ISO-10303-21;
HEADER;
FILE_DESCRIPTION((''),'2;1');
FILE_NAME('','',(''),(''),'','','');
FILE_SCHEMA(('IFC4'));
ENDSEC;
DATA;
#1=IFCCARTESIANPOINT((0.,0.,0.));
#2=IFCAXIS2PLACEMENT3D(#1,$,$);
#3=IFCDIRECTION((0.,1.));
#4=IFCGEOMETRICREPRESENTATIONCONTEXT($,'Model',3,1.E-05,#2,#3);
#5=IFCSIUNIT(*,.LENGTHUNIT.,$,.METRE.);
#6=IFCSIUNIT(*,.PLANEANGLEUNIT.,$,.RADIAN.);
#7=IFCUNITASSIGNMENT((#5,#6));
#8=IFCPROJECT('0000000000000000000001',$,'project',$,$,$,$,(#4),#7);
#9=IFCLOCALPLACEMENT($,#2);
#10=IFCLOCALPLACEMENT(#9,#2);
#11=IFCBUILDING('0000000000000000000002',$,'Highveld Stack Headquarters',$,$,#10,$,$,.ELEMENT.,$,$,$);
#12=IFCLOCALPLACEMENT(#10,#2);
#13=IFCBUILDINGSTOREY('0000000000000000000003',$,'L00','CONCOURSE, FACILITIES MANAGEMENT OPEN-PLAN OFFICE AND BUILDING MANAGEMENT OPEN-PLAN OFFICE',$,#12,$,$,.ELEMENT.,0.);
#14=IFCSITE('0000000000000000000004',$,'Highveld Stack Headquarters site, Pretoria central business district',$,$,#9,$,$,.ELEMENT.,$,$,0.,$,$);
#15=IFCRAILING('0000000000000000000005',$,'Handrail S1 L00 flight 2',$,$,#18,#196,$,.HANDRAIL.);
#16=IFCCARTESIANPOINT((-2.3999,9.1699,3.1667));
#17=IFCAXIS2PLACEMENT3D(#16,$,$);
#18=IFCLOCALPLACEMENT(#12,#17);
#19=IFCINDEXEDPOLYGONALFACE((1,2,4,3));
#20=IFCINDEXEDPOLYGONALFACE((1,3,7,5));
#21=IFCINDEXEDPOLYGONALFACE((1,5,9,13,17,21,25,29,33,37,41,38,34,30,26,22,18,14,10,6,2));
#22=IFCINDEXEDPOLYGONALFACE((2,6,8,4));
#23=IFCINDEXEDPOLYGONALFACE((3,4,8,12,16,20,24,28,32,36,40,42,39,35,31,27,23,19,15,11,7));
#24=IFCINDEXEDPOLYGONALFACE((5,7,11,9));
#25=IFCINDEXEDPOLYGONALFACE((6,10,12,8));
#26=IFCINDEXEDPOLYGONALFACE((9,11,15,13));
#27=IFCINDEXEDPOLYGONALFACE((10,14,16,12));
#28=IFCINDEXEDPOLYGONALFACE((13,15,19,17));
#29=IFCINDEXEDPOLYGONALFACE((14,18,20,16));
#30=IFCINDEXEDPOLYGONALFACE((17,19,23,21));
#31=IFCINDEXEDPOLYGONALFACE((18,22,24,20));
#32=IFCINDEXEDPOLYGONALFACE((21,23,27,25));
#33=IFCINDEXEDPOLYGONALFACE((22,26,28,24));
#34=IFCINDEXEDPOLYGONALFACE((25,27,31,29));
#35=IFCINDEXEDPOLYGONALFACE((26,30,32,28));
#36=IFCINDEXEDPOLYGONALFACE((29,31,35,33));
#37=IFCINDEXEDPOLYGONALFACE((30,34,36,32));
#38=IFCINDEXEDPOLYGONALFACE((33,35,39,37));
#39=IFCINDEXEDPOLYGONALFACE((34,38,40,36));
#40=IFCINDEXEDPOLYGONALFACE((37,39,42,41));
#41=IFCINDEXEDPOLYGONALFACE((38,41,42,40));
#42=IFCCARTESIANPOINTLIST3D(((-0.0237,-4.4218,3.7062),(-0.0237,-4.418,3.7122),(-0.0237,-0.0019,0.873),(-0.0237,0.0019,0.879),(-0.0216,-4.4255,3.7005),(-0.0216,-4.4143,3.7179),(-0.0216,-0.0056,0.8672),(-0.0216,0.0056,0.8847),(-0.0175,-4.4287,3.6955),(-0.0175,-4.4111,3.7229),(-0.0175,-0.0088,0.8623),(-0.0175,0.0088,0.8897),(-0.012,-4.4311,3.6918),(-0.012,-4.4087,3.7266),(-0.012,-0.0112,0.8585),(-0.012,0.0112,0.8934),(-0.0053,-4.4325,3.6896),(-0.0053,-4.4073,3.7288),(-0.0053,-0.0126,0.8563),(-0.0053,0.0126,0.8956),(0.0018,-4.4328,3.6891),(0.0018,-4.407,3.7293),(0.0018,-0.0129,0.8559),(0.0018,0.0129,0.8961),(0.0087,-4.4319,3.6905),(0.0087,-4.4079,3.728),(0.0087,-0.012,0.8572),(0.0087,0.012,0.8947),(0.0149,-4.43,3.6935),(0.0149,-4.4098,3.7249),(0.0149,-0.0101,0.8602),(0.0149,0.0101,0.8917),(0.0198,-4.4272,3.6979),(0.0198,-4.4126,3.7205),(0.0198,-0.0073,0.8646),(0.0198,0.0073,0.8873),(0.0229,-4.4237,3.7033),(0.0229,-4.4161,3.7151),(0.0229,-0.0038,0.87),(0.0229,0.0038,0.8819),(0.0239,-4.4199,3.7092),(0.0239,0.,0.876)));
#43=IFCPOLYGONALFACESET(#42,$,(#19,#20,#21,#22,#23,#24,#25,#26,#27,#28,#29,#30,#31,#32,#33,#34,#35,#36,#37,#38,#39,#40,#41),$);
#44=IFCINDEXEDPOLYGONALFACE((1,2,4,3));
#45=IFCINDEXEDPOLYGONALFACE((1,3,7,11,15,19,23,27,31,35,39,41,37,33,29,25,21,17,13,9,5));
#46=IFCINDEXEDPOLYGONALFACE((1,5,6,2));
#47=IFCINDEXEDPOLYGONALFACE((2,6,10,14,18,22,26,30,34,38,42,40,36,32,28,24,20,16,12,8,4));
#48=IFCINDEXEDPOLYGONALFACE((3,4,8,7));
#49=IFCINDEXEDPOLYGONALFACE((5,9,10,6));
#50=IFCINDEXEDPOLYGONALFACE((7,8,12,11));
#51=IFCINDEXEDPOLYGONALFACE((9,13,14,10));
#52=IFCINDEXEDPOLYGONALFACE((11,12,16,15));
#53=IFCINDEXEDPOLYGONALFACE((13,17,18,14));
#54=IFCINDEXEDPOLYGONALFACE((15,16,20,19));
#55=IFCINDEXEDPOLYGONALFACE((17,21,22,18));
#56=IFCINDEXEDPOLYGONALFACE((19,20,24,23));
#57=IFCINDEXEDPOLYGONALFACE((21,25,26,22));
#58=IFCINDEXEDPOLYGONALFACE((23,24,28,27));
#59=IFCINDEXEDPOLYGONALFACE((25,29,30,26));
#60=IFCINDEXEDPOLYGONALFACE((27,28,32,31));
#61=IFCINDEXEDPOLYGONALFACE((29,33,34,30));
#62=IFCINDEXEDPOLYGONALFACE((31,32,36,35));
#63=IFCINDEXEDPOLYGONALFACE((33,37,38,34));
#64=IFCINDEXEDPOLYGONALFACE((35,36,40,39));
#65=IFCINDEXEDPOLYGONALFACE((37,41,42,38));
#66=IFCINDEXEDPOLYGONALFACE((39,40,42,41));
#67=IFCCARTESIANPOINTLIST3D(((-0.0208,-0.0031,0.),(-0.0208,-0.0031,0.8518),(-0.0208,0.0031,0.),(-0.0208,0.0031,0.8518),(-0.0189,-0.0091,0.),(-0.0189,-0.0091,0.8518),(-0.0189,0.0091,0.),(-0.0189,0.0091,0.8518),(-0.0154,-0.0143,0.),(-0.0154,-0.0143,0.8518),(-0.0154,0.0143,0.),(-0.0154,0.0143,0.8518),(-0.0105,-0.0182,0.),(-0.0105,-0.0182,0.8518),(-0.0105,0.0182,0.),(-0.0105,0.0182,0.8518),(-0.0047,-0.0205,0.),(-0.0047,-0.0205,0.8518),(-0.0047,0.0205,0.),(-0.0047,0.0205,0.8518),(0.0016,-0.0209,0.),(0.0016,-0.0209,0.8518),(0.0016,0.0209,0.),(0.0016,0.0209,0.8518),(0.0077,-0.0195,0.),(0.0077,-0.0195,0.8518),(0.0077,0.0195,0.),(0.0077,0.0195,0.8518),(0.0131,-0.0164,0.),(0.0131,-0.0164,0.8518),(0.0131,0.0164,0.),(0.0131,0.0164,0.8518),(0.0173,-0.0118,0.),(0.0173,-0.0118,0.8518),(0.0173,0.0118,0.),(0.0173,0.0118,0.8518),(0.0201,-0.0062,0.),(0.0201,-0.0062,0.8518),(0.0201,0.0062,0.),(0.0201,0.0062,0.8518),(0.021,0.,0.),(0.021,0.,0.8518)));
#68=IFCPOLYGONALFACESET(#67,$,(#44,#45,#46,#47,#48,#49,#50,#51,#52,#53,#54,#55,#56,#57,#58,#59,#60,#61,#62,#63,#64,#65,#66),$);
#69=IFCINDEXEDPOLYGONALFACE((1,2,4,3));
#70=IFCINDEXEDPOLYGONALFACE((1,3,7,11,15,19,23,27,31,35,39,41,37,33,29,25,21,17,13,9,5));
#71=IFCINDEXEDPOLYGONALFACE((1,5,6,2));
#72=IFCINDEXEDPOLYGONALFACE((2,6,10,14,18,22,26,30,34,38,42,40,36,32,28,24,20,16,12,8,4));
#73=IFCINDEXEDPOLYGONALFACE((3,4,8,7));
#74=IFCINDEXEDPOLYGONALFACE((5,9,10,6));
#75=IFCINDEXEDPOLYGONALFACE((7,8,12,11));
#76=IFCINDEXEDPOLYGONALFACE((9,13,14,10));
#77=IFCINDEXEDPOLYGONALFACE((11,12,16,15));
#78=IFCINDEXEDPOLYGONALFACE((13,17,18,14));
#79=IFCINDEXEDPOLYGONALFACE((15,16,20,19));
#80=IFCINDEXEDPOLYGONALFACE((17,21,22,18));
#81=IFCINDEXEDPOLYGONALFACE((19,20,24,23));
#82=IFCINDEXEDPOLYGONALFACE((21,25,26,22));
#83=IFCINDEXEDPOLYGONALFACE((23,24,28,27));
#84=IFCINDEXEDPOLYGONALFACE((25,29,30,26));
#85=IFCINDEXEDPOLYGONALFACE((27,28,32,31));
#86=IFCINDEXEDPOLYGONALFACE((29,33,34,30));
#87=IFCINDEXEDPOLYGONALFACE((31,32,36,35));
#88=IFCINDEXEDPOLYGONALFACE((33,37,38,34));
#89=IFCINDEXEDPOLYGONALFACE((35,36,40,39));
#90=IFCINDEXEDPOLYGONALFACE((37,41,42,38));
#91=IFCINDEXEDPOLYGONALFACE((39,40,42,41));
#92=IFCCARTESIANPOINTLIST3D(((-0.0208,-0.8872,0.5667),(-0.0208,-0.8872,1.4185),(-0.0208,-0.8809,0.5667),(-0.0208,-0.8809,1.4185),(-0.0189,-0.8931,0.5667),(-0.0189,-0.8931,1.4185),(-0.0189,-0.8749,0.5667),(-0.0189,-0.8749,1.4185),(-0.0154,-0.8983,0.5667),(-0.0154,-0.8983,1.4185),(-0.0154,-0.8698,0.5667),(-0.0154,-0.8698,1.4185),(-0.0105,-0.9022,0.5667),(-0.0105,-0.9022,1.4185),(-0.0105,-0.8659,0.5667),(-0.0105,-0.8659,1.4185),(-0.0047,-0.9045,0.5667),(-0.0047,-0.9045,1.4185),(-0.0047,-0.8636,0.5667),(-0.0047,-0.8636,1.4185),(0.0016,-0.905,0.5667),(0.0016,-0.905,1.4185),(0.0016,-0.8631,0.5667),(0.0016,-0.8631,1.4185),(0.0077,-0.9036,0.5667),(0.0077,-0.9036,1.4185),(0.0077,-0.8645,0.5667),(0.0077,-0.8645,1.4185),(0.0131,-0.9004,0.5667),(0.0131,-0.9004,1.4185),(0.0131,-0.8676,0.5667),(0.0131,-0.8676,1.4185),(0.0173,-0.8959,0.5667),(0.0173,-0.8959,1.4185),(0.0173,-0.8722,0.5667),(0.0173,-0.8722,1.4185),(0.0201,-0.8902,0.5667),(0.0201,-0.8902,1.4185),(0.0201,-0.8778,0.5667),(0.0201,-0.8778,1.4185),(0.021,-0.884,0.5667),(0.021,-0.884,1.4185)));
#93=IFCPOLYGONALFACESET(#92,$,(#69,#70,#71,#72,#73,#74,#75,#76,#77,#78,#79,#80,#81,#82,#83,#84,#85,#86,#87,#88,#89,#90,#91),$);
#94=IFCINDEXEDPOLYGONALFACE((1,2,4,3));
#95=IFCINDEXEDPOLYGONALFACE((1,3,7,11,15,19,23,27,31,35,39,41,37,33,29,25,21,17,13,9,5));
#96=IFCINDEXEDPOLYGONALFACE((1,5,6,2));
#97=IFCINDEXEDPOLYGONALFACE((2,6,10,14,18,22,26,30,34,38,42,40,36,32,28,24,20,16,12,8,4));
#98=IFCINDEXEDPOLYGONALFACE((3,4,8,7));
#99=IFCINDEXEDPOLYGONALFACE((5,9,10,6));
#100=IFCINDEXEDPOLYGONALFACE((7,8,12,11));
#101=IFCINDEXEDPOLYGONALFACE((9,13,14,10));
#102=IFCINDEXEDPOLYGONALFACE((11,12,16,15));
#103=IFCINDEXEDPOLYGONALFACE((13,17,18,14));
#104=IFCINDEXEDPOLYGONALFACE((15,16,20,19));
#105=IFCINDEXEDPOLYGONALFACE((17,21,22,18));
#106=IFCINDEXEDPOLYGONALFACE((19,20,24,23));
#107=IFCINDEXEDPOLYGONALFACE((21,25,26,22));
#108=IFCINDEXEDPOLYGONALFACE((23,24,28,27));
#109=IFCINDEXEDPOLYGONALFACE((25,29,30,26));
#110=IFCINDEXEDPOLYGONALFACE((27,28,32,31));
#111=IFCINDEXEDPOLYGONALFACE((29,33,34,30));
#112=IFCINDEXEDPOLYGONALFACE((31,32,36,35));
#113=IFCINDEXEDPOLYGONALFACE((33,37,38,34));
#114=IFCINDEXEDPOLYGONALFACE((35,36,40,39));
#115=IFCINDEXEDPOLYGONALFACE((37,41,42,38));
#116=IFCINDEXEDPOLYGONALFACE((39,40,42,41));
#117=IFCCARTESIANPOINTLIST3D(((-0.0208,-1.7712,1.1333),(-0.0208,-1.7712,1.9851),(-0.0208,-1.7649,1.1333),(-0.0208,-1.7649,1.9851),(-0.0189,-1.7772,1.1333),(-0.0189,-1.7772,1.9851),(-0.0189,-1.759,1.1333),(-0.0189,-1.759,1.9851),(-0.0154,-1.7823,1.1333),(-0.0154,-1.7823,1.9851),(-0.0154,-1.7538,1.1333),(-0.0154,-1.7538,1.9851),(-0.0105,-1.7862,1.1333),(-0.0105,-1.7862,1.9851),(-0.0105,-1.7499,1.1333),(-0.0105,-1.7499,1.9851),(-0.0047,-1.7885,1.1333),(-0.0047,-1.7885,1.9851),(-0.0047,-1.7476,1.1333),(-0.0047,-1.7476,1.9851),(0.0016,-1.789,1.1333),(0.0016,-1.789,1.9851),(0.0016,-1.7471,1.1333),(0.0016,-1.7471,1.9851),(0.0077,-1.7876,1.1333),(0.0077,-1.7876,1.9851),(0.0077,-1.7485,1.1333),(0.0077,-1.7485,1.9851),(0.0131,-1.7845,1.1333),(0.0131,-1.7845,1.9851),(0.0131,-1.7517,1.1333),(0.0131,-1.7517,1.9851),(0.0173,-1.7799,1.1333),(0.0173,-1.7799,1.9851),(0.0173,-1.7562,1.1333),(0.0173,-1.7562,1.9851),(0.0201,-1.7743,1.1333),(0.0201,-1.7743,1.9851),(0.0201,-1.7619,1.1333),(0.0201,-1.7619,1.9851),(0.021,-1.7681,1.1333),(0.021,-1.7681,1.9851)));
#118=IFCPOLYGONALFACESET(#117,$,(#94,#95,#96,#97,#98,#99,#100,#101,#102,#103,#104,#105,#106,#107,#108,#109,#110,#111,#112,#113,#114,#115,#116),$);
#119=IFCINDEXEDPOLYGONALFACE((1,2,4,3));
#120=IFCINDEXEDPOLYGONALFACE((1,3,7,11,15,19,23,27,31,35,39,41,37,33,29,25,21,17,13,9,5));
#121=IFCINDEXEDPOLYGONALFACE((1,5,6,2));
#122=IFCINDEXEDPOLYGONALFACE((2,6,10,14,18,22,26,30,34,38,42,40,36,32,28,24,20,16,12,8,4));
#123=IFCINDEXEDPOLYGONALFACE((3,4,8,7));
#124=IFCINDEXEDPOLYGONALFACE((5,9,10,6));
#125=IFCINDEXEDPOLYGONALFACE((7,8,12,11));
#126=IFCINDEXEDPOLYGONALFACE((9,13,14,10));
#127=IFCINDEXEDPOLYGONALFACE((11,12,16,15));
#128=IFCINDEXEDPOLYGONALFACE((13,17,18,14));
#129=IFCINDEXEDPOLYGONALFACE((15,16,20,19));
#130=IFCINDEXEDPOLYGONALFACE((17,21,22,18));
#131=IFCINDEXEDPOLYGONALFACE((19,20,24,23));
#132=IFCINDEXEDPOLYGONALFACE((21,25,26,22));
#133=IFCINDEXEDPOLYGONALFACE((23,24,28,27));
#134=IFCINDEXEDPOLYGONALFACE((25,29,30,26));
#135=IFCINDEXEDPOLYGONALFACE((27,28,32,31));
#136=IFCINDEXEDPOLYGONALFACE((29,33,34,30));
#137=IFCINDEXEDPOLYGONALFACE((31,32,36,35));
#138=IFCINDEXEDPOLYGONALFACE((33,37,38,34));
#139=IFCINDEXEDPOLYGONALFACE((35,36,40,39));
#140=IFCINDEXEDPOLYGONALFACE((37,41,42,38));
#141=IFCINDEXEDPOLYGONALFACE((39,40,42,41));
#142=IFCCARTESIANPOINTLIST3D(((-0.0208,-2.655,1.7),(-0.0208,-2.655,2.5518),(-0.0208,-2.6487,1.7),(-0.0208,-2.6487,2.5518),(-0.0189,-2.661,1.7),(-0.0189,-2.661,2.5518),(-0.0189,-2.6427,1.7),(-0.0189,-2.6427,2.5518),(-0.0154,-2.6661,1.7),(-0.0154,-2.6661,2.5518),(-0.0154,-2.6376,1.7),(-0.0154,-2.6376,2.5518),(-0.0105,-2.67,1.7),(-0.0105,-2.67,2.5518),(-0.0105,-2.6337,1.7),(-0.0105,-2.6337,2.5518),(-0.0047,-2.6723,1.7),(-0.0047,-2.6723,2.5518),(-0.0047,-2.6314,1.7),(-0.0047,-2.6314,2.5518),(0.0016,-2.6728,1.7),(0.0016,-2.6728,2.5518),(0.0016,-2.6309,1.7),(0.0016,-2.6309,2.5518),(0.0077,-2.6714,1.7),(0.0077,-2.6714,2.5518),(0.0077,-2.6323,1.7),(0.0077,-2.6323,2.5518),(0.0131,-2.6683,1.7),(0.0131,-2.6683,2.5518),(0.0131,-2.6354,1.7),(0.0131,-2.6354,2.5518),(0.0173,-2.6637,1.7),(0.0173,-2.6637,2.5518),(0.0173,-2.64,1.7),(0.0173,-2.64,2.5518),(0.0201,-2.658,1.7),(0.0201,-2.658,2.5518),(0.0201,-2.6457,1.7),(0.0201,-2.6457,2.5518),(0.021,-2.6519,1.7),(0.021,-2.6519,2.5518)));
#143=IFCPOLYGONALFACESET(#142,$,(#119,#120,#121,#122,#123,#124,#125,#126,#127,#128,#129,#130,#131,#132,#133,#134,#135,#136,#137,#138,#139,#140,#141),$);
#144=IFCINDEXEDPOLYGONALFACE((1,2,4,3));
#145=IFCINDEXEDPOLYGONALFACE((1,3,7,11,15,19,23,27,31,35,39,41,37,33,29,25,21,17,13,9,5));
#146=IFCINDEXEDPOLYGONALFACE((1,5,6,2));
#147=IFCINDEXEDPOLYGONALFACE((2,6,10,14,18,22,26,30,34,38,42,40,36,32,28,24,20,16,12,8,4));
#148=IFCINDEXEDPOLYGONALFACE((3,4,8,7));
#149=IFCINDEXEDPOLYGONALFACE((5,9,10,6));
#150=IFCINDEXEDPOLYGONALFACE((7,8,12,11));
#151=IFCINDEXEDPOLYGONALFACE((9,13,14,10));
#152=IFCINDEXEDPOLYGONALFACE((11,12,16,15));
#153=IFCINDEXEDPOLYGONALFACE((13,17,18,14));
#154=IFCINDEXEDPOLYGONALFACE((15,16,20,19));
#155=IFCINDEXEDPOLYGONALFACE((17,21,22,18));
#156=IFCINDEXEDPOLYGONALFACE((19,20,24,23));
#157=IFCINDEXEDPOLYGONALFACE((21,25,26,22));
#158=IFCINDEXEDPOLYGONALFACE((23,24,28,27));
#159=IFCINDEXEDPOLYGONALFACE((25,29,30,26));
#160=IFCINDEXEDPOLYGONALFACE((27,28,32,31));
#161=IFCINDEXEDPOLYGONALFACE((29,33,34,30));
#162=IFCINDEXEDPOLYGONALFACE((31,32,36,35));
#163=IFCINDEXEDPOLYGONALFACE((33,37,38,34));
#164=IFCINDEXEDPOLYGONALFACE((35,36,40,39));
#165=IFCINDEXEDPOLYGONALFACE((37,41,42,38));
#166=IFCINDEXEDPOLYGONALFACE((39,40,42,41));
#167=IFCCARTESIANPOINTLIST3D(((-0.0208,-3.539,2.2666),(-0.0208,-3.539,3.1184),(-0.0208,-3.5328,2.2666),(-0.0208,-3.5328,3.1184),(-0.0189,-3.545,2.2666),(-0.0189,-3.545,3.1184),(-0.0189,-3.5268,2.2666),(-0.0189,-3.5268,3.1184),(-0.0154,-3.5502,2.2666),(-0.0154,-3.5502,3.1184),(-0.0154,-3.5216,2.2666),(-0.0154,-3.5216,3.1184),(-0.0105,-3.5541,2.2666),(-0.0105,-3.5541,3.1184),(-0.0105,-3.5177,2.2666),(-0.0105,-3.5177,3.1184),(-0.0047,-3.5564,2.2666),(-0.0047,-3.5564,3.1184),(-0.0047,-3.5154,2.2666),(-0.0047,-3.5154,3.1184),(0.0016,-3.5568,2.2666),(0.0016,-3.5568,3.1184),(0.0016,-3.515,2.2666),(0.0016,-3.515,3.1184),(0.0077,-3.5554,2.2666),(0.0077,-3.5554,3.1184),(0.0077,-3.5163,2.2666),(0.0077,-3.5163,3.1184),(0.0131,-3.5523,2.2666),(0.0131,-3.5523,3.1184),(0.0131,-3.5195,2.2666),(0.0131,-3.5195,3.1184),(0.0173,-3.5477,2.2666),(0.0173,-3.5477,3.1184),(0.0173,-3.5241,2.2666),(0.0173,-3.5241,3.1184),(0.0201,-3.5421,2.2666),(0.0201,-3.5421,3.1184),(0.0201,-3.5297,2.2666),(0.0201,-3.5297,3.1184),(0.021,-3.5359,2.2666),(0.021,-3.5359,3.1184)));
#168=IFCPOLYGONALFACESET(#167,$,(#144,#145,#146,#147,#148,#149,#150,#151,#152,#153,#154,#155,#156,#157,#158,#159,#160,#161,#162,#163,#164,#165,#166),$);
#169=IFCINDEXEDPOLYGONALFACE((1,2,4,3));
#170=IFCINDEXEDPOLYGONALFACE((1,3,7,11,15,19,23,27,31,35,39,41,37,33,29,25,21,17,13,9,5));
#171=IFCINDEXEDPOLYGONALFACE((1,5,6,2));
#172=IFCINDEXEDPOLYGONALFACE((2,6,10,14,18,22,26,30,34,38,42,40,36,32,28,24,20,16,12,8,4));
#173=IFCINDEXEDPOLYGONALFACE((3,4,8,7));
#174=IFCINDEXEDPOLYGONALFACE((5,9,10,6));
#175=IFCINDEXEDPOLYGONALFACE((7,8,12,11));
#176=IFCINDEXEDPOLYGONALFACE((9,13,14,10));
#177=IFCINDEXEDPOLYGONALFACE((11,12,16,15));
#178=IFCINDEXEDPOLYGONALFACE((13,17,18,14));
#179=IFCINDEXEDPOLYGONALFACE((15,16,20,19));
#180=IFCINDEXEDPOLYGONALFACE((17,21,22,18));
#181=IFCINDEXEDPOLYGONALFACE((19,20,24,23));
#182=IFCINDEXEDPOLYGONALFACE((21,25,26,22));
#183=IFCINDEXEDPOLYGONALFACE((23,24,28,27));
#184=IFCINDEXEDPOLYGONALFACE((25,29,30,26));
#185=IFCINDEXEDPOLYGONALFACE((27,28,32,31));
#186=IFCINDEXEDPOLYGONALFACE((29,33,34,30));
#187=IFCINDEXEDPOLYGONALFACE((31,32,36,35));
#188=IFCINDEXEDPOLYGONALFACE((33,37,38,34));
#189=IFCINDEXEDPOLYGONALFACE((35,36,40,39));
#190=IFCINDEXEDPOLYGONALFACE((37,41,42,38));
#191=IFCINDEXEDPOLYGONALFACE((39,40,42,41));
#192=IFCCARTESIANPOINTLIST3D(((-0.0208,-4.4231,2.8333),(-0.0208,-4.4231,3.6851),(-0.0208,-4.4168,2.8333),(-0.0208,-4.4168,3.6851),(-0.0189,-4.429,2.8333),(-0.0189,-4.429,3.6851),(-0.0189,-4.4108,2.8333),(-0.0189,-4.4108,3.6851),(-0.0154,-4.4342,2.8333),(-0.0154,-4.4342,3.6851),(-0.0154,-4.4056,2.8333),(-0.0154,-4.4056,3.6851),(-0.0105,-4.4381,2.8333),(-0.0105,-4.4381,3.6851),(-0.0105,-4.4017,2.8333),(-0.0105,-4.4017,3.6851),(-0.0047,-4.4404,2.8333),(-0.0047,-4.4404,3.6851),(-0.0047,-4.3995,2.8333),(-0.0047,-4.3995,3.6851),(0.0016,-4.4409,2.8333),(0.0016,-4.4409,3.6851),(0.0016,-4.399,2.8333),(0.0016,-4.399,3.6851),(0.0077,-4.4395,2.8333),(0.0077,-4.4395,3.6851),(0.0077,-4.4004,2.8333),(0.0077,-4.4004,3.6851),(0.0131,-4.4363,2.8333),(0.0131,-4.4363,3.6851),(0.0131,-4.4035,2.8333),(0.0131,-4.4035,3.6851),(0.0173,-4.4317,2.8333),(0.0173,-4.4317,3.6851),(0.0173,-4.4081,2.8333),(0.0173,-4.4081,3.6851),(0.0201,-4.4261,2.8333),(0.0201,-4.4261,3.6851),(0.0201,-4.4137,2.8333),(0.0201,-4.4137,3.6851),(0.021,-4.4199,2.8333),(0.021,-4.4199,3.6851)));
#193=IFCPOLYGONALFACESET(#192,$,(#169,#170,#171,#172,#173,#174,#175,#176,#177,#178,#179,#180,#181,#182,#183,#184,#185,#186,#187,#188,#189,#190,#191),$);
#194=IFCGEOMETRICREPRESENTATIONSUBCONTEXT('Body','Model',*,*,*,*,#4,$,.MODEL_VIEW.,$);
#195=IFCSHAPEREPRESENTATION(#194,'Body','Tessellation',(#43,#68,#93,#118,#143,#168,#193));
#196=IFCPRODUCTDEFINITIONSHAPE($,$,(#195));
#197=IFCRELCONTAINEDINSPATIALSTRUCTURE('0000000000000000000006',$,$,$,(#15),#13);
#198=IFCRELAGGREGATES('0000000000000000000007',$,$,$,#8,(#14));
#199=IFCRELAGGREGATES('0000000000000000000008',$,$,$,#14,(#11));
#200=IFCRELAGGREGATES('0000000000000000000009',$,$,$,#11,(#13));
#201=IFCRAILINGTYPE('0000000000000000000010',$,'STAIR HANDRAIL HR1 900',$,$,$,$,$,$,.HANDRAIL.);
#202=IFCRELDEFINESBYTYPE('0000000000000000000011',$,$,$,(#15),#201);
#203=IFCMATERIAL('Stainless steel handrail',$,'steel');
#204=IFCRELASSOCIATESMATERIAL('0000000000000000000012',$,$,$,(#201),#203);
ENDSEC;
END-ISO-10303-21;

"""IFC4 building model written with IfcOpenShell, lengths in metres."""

from ifc_helpers import new_model, si_unit, direction, frame, origin, origin_2d, place, context, subcontext, project, spatial, circle, extrude, material, type_object, element, save


model = new_model("IFC4")

# Units and contexts
model_context = context("Model", 3, precision=1e-05, world=origin(), true_north=direction((0.0, 1.0)))
body_context = subcontext(model_context, "Body", "Model", "MODEL_VIEW")
ifc_project = project(units=[si_unit("LENGTHUNIT", "METRE"), si_unit("PLANEANGLEUNIT", "RADIAN")], contexts=[model_context])

# Site, building, storey
site_placement = place(None, origin())
site = spatial("IfcSite", under=ifc_project, at=site_placement, Name="Highveld Stack Headquarters site, Pretoria central business district", CompositionType="ELEMENT", RefElevation=0.0)
building_placement = place(site_placement, origin())
building = spatial("IfcBuilding", under=site, at=building_placement, Name="Highveld Stack Headquarters", CompositionType="ELEMENT")
storey_placement = place(building_placement, origin())
storey = spatial("IfcBuildingStorey", under=building, at=storey_placement, Name="L00", Description="CONCOURSE, FACILITIES MANAGEMENT OPEN-PLAN OFFICE AND BUILDING MANAGEMENT OPEN-PLAN OFFICE", CompositionType="ELEMENT", Elevation=0.0)

# Railing
ifc_material_1 = material(Name="Stainless steel handrail", Category="steel")
railing_type = type_object("IfcRailingType", Name="STAIR HANDRAIL HR1 900", PredefinedType="HANDRAIL", material=ifc_material_1)
for number, where, name in (
    (1, (-2.3999, 9.1699, 3.1667), "Handrail S1 L00 flight 2"),
):
    element("IfcRailing", number, at=place(storey_placement, frame(where)), inside=storey, type_object=railing_type, Name=name, PredefinedType="HANDRAIL", context=body_context, shape_type="SweptSolid", body=[
        extrude(circle(Radius=0.0239, at=origin_2d()), frame((0.0, 0.0, 0.876), z_axis=(0.0, -0.841882, 0.539662), x_axis=(1.0, 0.0, 0.0)), (0.0, 0.0, 1.0), 5.25),
        extrude(circle(Radius=0.021, at=origin_2d()), origin(), (0.0, 0.0, 1.0), 0.8518),
        extrude(circle(Radius=0.021, at=origin_2d()), frame((0.0, -0.884, 0.5667)), (0.0, 0.0, 1.0), 0.8518),
        extrude(circle(Radius=0.021, at=origin_2d()), frame((0.0, -1.7681, 1.1333)), (0.0, 0.0, 1.0), 0.8518),
        extrude(circle(Radius=0.021, at=origin_2d()), frame((0.0, -2.6519, 1.7)), (0.0, 0.0, 1.0), 0.8518),
        extrude(circle(Radius=0.021, at=origin_2d()), frame((0.0, -3.5359, 2.2666)), (0.0, 0.0, 1.0), 0.8518),
        extrude(circle(Radius=0.021, at=origin_2d()), frame((0.0, -4.4199, 2.8333)), (0.0, 0.0, 1.0), 0.8518),
    ])

save(model, "model.ifc")
